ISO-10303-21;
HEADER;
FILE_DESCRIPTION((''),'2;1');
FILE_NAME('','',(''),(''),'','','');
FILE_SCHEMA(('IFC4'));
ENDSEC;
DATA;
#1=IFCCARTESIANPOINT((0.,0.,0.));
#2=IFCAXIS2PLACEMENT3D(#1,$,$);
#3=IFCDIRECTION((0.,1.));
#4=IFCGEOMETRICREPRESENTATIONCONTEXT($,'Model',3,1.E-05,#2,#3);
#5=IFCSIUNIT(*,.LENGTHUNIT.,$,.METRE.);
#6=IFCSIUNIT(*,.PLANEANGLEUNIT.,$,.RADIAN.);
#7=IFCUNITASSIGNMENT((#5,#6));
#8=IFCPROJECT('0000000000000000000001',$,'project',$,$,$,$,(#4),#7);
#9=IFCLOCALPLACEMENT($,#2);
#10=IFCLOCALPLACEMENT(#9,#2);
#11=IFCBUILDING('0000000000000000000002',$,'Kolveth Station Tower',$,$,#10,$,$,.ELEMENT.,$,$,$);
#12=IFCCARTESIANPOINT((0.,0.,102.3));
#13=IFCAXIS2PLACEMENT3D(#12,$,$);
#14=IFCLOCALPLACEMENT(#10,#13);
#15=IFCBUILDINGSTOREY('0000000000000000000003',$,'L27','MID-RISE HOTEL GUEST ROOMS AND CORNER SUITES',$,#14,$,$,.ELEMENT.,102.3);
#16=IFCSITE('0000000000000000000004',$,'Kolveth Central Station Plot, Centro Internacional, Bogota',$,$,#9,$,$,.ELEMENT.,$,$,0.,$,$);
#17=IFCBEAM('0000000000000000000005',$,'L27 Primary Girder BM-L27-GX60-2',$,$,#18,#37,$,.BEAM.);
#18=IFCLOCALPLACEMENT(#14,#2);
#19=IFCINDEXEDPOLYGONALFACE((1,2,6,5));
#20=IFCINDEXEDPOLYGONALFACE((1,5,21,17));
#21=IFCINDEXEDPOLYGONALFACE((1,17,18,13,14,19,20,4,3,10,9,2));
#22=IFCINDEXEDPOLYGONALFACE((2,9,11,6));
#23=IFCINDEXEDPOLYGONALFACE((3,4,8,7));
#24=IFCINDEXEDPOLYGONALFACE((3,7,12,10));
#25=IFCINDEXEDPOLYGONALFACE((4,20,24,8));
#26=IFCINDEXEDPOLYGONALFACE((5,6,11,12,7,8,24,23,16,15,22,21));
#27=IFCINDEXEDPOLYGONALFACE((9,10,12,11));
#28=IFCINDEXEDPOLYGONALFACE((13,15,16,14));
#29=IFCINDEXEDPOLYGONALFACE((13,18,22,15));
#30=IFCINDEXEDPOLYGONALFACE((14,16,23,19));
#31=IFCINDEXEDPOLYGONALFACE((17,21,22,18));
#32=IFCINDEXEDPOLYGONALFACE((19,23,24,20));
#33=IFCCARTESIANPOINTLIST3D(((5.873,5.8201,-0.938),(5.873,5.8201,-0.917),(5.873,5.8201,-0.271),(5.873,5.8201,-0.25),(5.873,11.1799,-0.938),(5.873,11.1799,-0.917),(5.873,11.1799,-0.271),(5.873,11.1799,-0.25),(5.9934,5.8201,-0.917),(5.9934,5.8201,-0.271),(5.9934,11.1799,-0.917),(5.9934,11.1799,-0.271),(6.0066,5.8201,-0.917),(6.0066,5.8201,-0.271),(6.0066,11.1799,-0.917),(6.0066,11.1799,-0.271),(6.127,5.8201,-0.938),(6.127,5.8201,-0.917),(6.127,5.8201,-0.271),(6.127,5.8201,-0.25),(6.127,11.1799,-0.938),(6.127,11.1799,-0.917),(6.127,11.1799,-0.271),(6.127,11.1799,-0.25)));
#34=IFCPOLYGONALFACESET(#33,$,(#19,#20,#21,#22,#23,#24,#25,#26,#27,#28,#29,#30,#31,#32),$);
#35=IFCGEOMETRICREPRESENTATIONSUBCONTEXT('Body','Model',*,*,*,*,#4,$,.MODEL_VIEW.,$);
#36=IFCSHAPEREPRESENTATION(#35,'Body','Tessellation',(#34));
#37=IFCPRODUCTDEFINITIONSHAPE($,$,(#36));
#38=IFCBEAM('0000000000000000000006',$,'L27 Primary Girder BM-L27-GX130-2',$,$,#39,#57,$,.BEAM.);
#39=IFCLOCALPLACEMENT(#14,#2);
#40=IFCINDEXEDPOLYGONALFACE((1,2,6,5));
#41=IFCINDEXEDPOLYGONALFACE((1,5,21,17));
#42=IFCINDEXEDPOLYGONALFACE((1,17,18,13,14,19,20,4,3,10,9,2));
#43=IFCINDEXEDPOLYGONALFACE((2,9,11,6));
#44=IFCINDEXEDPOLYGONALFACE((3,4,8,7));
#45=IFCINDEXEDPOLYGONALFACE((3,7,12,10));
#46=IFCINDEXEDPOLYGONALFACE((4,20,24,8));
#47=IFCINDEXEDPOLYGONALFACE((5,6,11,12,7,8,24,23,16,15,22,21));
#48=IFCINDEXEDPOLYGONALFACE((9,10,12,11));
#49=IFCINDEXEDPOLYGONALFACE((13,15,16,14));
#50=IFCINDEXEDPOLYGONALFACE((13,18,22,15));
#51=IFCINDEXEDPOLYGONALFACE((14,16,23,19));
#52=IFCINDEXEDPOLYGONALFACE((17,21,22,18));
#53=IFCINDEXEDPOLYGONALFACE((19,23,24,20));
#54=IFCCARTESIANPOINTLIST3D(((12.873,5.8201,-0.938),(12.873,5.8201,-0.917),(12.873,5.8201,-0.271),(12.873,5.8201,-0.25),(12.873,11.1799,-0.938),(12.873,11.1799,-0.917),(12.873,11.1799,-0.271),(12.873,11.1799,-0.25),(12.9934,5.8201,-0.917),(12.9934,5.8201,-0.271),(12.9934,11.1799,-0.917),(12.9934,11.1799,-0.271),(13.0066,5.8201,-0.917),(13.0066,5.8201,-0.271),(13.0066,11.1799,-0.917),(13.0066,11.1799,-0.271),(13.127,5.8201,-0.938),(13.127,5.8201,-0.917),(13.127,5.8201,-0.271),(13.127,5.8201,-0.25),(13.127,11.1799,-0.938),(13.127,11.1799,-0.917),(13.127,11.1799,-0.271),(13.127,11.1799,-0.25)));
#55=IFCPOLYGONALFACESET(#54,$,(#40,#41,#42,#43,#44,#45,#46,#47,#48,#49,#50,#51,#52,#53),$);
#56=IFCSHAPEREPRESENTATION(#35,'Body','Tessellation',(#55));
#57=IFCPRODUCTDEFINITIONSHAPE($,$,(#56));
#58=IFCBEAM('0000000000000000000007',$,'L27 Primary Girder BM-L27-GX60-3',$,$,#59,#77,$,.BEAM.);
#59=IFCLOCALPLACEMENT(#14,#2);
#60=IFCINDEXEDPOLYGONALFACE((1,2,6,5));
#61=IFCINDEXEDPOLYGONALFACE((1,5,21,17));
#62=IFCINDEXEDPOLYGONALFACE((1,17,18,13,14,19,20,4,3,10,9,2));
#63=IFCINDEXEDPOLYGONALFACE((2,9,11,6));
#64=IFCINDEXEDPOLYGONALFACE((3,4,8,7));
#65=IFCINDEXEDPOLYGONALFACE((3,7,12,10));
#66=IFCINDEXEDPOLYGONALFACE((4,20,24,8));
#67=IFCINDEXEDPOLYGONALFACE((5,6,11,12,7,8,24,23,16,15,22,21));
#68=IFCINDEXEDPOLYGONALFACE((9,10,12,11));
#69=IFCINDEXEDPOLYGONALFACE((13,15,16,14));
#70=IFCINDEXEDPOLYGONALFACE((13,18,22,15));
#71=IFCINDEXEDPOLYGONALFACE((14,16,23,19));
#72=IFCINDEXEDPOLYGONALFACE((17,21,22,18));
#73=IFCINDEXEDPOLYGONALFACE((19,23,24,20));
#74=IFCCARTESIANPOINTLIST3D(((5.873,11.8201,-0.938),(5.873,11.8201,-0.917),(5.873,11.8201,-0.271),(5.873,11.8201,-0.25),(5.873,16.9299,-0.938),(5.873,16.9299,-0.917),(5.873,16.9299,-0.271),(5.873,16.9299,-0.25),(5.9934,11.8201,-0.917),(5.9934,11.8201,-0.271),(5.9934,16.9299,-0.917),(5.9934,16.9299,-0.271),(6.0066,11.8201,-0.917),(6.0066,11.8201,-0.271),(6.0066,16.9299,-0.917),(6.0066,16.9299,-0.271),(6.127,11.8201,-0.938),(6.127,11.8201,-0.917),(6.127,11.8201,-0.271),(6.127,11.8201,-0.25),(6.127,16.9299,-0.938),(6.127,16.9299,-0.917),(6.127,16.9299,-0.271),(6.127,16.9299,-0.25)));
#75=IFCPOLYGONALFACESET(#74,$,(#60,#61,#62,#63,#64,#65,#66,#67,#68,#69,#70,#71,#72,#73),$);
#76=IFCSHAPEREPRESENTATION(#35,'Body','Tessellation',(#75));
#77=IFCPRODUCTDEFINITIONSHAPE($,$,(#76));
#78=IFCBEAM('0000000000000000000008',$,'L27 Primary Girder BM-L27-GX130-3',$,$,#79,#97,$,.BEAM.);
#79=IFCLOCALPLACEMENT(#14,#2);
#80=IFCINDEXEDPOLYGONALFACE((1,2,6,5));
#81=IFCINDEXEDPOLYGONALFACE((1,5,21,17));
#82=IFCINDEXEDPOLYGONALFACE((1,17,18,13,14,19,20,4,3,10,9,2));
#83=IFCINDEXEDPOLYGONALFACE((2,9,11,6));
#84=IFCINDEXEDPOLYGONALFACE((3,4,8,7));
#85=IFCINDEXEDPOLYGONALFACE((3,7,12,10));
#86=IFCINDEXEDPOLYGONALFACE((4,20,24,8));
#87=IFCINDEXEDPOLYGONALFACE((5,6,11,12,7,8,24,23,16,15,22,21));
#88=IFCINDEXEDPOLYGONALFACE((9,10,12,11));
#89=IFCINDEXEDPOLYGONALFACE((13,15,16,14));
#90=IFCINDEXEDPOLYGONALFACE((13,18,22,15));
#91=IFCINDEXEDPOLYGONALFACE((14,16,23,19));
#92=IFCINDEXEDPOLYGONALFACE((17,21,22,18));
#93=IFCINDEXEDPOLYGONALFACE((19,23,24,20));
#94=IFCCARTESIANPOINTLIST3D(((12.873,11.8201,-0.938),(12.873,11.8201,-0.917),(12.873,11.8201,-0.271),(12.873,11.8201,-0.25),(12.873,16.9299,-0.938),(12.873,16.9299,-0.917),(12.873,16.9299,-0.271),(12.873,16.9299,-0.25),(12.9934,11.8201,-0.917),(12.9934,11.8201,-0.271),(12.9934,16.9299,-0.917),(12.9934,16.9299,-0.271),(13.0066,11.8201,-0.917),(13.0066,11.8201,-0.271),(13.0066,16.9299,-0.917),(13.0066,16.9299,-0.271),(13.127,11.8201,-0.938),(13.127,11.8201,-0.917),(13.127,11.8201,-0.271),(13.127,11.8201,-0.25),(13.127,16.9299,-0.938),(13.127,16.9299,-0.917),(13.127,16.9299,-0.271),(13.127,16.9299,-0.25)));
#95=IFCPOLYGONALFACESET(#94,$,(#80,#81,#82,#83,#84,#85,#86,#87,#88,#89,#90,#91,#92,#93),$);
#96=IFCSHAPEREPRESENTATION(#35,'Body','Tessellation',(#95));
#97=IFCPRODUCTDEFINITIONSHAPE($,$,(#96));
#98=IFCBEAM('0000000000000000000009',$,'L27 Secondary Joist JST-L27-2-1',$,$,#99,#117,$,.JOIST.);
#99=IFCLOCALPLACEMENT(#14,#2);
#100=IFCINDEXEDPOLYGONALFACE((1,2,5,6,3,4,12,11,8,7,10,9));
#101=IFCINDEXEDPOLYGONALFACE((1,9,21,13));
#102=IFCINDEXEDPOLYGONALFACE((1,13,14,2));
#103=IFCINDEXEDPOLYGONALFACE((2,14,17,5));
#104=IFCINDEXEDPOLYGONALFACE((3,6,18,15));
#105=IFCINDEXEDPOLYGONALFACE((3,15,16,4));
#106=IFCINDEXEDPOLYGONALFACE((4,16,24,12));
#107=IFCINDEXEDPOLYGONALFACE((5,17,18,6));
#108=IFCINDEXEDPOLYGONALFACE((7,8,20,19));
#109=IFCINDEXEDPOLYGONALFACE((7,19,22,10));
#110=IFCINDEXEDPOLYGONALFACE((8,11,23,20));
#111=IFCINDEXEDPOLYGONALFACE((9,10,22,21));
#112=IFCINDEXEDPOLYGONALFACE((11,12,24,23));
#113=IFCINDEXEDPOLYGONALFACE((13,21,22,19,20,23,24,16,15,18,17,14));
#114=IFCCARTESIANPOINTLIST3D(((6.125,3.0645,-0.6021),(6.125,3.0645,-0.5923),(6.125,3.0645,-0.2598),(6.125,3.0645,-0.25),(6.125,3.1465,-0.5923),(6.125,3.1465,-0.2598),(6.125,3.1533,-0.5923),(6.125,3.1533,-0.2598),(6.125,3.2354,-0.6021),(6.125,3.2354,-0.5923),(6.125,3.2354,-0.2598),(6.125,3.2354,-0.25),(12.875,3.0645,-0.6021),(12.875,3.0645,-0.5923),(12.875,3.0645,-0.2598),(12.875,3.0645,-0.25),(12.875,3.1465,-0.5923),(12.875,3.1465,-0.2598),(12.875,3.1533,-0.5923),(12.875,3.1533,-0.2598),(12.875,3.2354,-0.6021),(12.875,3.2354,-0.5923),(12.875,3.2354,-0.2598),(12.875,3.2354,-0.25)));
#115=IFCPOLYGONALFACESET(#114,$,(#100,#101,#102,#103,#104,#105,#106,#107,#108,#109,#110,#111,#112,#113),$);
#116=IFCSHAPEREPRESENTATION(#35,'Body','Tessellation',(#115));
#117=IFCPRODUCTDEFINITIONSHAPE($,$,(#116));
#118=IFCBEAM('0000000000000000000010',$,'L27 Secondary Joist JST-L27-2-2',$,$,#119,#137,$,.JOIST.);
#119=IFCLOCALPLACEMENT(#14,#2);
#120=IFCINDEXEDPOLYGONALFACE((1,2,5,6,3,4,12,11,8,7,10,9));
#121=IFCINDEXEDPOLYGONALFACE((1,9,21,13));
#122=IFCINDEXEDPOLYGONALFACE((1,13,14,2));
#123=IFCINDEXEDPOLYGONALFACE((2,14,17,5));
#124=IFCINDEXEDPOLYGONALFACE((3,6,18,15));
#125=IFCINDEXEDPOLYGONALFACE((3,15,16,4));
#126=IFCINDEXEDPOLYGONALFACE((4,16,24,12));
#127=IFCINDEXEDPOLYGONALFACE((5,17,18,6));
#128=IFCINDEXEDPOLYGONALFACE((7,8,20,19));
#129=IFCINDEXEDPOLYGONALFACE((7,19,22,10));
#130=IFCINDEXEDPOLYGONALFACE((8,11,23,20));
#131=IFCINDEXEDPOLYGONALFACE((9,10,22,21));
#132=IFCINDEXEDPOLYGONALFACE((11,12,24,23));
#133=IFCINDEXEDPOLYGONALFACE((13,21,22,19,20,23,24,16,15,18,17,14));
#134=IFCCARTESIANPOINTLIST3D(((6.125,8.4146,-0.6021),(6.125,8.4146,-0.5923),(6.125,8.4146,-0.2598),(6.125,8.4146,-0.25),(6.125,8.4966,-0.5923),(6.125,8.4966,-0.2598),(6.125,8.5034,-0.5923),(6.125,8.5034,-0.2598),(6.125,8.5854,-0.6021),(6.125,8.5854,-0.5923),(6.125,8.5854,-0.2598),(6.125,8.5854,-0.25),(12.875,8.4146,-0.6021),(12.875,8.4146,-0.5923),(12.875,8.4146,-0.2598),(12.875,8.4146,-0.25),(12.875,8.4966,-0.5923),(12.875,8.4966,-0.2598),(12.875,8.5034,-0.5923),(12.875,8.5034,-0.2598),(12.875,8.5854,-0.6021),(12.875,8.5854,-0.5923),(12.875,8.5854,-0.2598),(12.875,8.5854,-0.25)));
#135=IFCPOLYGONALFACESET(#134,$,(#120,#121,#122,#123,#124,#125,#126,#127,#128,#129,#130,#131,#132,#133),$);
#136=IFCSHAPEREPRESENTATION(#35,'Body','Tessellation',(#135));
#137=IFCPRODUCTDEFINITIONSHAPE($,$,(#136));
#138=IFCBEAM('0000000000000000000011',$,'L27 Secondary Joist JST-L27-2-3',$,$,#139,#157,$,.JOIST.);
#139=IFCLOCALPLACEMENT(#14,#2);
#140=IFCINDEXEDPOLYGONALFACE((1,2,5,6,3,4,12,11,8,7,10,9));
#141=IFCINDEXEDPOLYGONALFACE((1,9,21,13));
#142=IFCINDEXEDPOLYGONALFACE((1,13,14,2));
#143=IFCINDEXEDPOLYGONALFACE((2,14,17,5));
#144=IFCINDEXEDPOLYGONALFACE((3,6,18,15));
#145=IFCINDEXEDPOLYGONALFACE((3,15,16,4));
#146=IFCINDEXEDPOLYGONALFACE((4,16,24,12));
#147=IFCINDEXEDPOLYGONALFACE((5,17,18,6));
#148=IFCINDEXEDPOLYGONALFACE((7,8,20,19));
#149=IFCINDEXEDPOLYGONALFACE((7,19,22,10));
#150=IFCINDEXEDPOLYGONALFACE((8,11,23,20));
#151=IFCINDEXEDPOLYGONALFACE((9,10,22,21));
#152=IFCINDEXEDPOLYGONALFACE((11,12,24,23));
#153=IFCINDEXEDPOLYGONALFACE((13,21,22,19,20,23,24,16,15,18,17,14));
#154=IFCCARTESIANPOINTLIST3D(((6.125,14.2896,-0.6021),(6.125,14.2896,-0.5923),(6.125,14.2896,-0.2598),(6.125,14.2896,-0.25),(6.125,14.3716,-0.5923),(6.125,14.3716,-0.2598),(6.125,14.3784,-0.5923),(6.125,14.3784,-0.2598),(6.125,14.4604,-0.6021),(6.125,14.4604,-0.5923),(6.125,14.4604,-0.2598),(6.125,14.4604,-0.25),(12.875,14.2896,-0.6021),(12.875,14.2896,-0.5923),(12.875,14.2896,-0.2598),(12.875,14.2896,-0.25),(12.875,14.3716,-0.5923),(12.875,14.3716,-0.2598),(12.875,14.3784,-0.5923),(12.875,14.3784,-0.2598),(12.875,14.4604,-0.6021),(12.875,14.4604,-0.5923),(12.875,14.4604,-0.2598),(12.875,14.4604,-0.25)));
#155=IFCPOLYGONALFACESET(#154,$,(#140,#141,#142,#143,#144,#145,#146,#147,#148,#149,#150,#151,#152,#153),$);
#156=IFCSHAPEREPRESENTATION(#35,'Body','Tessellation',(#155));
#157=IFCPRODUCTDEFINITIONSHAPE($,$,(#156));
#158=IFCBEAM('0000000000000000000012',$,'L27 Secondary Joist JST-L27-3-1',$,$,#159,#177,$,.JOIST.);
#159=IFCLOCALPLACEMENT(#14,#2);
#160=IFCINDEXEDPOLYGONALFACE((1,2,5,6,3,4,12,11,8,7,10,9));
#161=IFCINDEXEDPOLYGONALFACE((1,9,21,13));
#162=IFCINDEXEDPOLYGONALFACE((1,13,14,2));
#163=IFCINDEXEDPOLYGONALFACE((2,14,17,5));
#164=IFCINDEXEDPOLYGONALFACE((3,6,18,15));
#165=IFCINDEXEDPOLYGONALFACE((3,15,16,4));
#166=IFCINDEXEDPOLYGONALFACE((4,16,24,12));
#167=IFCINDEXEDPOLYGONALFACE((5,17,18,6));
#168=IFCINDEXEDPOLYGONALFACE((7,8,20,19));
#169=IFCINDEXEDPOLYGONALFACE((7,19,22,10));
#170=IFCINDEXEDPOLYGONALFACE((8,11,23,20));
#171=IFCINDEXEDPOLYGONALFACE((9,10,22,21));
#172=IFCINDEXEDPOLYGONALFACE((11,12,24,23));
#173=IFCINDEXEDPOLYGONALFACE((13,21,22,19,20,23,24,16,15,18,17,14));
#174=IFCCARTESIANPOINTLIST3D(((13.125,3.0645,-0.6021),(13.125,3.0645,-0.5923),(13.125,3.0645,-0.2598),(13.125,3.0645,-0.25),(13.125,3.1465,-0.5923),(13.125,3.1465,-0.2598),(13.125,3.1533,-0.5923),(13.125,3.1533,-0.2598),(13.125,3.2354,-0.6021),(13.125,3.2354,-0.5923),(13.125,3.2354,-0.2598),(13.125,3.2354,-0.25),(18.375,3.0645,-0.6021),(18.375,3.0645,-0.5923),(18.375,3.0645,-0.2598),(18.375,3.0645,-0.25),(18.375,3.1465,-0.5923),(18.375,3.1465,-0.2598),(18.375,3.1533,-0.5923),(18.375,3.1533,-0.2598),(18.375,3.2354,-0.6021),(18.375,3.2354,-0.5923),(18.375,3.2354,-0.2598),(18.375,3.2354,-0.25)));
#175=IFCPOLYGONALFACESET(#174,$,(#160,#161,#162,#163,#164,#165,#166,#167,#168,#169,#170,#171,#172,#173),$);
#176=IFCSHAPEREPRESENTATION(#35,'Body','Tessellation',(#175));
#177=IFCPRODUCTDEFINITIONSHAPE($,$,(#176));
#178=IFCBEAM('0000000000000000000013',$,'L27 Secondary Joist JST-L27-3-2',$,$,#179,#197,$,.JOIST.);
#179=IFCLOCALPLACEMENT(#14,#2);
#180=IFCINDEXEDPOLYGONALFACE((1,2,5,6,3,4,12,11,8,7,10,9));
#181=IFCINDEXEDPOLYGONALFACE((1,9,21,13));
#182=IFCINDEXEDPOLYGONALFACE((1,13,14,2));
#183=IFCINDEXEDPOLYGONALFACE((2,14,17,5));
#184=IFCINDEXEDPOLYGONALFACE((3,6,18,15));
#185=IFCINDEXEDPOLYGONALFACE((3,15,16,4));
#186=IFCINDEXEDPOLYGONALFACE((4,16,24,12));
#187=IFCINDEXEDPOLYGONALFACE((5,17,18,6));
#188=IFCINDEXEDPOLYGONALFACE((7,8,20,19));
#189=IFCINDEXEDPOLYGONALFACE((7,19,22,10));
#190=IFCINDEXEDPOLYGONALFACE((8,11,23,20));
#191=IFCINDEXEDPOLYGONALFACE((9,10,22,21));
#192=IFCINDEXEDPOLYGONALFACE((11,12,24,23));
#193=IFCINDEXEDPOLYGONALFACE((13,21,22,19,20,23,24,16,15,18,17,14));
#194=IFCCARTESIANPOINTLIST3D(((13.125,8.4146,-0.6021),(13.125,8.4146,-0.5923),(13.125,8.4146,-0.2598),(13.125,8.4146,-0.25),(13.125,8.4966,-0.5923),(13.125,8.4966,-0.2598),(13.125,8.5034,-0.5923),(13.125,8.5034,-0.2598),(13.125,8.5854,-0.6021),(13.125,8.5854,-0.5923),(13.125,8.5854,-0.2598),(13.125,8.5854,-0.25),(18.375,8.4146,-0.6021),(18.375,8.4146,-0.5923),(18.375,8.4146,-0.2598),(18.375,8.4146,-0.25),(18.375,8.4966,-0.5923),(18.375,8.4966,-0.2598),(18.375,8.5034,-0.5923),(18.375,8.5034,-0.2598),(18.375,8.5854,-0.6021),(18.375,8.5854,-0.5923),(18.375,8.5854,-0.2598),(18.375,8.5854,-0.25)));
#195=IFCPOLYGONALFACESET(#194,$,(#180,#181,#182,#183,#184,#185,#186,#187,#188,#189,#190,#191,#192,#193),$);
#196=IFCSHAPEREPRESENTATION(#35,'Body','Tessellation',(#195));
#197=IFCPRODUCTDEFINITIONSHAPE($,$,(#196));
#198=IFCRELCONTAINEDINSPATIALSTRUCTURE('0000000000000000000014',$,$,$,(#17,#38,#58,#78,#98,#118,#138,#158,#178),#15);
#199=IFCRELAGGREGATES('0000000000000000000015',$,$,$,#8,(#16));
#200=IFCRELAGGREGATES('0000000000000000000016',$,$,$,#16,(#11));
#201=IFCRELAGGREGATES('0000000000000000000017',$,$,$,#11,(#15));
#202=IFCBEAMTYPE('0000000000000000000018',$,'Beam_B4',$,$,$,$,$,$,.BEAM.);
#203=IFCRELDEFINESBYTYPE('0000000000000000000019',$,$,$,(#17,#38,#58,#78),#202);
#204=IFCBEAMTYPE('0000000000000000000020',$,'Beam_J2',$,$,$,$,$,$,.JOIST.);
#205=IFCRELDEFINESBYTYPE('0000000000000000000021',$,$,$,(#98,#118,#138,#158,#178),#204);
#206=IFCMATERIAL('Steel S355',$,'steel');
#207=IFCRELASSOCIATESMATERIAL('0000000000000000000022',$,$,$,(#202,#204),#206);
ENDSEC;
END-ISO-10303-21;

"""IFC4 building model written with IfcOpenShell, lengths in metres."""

from ifc_helpers import new_model, si_unit, direction, frame, origin, origin_2d, place, context, subcontext, project, spatial, i_section, extrude, source, transform, mapped, material, material_profile, profile_set, type_object, element, save


model = new_model("IFC4")

# Units and contexts
model_context = context("Model", 3, precision=1e-05, world=origin(), true_north=direction((0.0, 1.0)))
body_context = subcontext(model_context, "Body", "Model", "MODEL_VIEW")
ifc_project = project(units=[si_unit("LENGTHUNIT", "METRE"), si_unit("PLANEANGLEUNIT", "RADIAN")], contexts=[model_context])

# Site, building, storey
site_placement = place(None, origin())
site = spatial("IfcSite", under=ifc_project, at=site_placement, Name="Kolveth Central Station Plot, Centro Internacional, Bogota", CompositionType="ELEMENT", RefElevation=0.0)
building_placement = place(site_placement, origin())
building = spatial("IfcBuilding", under=site, at=building_placement, Name="Kolveth Station Tower", CompositionType="ELEMENT")
storey_placement = place(building_placement, frame((0.0, 0.0, 102.3)))
storey = spatial("IfcBuildingStorey", under=building, at=storey_placement, Name="L27", Description="MID-RISE HOTEL GUEST ROOMS AND CORNER SUITES", CompositionType="ELEMENT", Elevation=102.3)

# Beams
ifc_material_1 = material(Name="Steel S355", Category="steel")
ifc_material_profile_1 = material_profile(ifc_material_1, i_section(OverallWidth=0.2539, OverallDepth=0.688, WebThickness=0.0132, FlangeThickness=0.021, at=origin_2d()), Name="W690x152")
ifc_profile_set_1 = profile_set([ifc_material_profile_1], Name="Steel S355")
beam_type_1 = type_object("IfcBeamType", Name="Beam_B4", PredefinedType="BEAM", material=ifc_profile_set_1)
shared_shape_1 = source(origin(), body_context, "Body", "SweptSolid", [
    extrude(i_section(OverallWidth=0.2539, OverallDepth=0.688, WebThickness=0.0132, FlangeThickness=0.021, at=origin_2d()), origin(), (0.0, 0.0, 1.0), 5.3599),
])
for number, where, z_axis, x_axis, name in (
    (1, (6.0, 5.8201, -0.594), (0.0, 1.0, 0.0), (-1.0, 0.0, 0.0), "L27 Primary Girder BM-L27-GX60-2"),
    (2, (13.0, 5.8201, -0.594), (0.0, 1.0, 0.0), (-1.0, 0.0, 0.0), "L27 Primary Girder BM-L27-GX130-2"),
):
    element("IfcBeam", number, at=place(storey_placement, frame(where, z_axis=z_axis, x_axis=x_axis)), inside=storey, type_object=beam_type_1, Name=name, PredefinedType="BEAM", context=body_context, shape_type="MappedRepresentation", body=[
        mapped(shared_shape_1, transform((0.0, 0.0, 0.0), x_axis=(1.0, 0.0, 0.0), y_axis=(0.0, 1.0, 0.0), z_axis=(0.0, 0.0, 1.0), scale=1.0)),
    ])
shared_shape_2 = source(origin(), body_context, "Body", "SweptSolid", [
    extrude(i_section(OverallWidth=0.2539, OverallDepth=0.688, WebThickness=0.0132, FlangeThickness=0.021, at=origin_2d()), origin(), (0.0, 0.0, 1.0), 5.1099),
])
for number, where, z_axis, x_axis, name in (
    (3, (6.0, 11.8201, -0.594), (0.0, 1.0, 0.0), (-1.0, 0.0, 0.0), "L27 Primary Girder BM-L27-GX60-3"),
    (4, (13.0, 11.8201, -0.594), (0.0, 1.0, 0.0), (-1.0, 0.0, 0.0), "L27 Primary Girder BM-L27-GX130-3"),
):
    element("IfcBeam", number, at=place(storey_placement, frame(where, z_axis=z_axis, x_axis=x_axis)), inside=storey, type_object=beam_type_1, Name=name, PredefinedType="BEAM", context=body_context, shape_type="MappedRepresentation", body=[
        mapped(shared_shape_2, transform((0.0, 0.0, 0.0), x_axis=(1.0, 0.0, 0.0), y_axis=(0.0, 1.0, 0.0), z_axis=(0.0, 0.0, 1.0), scale=1.0)),
    ])
ifc_material_profile_2 = material_profile(ifc_material_1, i_section(OverallWidth=0.1709, OverallDepth=0.3521, WebThickness=0.0068, FlangeThickness=0.0098, at=origin_2d()), Name="W360x44")
ifc_profile_set_2 = profile_set([ifc_material_profile_2], Name="Steel S355")
beam_type_2 = type_object("IfcBeamType", Name="Beam_J2", PredefinedType="JOIST", material=ifc_profile_set_2)
shared_shape_3 = source(origin(), body_context, "Body", "SweptSolid", [
    extrude(i_section(OverallWidth=0.1709, OverallDepth=0.3521, WebThickness=0.0068, FlangeThickness=0.0098, at=origin_2d()), origin(), (0.0, 0.0, 1.0), 6.75),
])
for number, where, z_axis, x_axis, name in (
    (5, (6.125, 3.1499, -0.426), (1.0, 0.0, 0.0), (0.0, 1.0, 0.0), "L27 Secondary Joist JST-L27-2-1"),
    (6, (6.125, 8.5, -0.426), (1.0, 0.0, 0.0), (0.0, 1.0, 0.0), "L27 Secondary Joist JST-L27-2-2"),
    (7, (6.125, 14.375, -0.426), (1.0, 0.0, 0.0), (0.0, 1.0, 0.0), "L27 Secondary Joist JST-L27-2-3"),
):
    element("IfcBeam", number, at=place(storey_placement, frame(where, z_axis=z_axis, x_axis=x_axis)), inside=storey, type_object=beam_type_2, Name=name, PredefinedType="JOIST", context=body_context, shape_type="MappedRepresentation", body=[
        mapped(shared_shape_3, transform((0.0, 0.0, 0.0), x_axis=(1.0, 0.0, 0.0), y_axis=(0.0, 1.0, 0.0), z_axis=(0.0, 0.0, 1.0), scale=1.0)),
    ])
shared_shape_4 = source(origin(), body_context, "Body", "SweptSolid", [
    extrude(i_section(OverallWidth=0.1709, OverallDepth=0.3521, WebThickness=0.0068, FlangeThickness=0.0098, at=origin_2d()), origin(), (0.0, 0.0, 1.0), 5.25),
])
for number, where, z_axis, x_axis, name in (
    (8, (13.125, 3.1499, -0.426), (1.0, 0.0, 0.0), (0.0, 1.0, 0.0), "L27 Secondary Joist JST-L27-3-1"),
    (9, (13.125, 8.5, -0.426), (1.0, 0.0, 0.0), (0.0, 1.0, 0.0), "L27 Secondary Joist JST-L27-3-2"),
):
    element("IfcBeam", number, at=place(storey_placement, frame(where, z_axis=z_axis, x_axis=x_axis)), inside=storey, type_object=beam_type_2, Name=name, PredefinedType="JOIST", context=body_context, shape_type="MappedRepresentation", body=[
        mapped(shared_shape_4, transform((0.0, 0.0, 0.0), x_axis=(1.0, 0.0, 0.0), y_axis=(0.0, 1.0, 0.0), z_axis=(0.0, 0.0, 1.0), scale=1.0)),
    ])

save(model, "model.ifc")
